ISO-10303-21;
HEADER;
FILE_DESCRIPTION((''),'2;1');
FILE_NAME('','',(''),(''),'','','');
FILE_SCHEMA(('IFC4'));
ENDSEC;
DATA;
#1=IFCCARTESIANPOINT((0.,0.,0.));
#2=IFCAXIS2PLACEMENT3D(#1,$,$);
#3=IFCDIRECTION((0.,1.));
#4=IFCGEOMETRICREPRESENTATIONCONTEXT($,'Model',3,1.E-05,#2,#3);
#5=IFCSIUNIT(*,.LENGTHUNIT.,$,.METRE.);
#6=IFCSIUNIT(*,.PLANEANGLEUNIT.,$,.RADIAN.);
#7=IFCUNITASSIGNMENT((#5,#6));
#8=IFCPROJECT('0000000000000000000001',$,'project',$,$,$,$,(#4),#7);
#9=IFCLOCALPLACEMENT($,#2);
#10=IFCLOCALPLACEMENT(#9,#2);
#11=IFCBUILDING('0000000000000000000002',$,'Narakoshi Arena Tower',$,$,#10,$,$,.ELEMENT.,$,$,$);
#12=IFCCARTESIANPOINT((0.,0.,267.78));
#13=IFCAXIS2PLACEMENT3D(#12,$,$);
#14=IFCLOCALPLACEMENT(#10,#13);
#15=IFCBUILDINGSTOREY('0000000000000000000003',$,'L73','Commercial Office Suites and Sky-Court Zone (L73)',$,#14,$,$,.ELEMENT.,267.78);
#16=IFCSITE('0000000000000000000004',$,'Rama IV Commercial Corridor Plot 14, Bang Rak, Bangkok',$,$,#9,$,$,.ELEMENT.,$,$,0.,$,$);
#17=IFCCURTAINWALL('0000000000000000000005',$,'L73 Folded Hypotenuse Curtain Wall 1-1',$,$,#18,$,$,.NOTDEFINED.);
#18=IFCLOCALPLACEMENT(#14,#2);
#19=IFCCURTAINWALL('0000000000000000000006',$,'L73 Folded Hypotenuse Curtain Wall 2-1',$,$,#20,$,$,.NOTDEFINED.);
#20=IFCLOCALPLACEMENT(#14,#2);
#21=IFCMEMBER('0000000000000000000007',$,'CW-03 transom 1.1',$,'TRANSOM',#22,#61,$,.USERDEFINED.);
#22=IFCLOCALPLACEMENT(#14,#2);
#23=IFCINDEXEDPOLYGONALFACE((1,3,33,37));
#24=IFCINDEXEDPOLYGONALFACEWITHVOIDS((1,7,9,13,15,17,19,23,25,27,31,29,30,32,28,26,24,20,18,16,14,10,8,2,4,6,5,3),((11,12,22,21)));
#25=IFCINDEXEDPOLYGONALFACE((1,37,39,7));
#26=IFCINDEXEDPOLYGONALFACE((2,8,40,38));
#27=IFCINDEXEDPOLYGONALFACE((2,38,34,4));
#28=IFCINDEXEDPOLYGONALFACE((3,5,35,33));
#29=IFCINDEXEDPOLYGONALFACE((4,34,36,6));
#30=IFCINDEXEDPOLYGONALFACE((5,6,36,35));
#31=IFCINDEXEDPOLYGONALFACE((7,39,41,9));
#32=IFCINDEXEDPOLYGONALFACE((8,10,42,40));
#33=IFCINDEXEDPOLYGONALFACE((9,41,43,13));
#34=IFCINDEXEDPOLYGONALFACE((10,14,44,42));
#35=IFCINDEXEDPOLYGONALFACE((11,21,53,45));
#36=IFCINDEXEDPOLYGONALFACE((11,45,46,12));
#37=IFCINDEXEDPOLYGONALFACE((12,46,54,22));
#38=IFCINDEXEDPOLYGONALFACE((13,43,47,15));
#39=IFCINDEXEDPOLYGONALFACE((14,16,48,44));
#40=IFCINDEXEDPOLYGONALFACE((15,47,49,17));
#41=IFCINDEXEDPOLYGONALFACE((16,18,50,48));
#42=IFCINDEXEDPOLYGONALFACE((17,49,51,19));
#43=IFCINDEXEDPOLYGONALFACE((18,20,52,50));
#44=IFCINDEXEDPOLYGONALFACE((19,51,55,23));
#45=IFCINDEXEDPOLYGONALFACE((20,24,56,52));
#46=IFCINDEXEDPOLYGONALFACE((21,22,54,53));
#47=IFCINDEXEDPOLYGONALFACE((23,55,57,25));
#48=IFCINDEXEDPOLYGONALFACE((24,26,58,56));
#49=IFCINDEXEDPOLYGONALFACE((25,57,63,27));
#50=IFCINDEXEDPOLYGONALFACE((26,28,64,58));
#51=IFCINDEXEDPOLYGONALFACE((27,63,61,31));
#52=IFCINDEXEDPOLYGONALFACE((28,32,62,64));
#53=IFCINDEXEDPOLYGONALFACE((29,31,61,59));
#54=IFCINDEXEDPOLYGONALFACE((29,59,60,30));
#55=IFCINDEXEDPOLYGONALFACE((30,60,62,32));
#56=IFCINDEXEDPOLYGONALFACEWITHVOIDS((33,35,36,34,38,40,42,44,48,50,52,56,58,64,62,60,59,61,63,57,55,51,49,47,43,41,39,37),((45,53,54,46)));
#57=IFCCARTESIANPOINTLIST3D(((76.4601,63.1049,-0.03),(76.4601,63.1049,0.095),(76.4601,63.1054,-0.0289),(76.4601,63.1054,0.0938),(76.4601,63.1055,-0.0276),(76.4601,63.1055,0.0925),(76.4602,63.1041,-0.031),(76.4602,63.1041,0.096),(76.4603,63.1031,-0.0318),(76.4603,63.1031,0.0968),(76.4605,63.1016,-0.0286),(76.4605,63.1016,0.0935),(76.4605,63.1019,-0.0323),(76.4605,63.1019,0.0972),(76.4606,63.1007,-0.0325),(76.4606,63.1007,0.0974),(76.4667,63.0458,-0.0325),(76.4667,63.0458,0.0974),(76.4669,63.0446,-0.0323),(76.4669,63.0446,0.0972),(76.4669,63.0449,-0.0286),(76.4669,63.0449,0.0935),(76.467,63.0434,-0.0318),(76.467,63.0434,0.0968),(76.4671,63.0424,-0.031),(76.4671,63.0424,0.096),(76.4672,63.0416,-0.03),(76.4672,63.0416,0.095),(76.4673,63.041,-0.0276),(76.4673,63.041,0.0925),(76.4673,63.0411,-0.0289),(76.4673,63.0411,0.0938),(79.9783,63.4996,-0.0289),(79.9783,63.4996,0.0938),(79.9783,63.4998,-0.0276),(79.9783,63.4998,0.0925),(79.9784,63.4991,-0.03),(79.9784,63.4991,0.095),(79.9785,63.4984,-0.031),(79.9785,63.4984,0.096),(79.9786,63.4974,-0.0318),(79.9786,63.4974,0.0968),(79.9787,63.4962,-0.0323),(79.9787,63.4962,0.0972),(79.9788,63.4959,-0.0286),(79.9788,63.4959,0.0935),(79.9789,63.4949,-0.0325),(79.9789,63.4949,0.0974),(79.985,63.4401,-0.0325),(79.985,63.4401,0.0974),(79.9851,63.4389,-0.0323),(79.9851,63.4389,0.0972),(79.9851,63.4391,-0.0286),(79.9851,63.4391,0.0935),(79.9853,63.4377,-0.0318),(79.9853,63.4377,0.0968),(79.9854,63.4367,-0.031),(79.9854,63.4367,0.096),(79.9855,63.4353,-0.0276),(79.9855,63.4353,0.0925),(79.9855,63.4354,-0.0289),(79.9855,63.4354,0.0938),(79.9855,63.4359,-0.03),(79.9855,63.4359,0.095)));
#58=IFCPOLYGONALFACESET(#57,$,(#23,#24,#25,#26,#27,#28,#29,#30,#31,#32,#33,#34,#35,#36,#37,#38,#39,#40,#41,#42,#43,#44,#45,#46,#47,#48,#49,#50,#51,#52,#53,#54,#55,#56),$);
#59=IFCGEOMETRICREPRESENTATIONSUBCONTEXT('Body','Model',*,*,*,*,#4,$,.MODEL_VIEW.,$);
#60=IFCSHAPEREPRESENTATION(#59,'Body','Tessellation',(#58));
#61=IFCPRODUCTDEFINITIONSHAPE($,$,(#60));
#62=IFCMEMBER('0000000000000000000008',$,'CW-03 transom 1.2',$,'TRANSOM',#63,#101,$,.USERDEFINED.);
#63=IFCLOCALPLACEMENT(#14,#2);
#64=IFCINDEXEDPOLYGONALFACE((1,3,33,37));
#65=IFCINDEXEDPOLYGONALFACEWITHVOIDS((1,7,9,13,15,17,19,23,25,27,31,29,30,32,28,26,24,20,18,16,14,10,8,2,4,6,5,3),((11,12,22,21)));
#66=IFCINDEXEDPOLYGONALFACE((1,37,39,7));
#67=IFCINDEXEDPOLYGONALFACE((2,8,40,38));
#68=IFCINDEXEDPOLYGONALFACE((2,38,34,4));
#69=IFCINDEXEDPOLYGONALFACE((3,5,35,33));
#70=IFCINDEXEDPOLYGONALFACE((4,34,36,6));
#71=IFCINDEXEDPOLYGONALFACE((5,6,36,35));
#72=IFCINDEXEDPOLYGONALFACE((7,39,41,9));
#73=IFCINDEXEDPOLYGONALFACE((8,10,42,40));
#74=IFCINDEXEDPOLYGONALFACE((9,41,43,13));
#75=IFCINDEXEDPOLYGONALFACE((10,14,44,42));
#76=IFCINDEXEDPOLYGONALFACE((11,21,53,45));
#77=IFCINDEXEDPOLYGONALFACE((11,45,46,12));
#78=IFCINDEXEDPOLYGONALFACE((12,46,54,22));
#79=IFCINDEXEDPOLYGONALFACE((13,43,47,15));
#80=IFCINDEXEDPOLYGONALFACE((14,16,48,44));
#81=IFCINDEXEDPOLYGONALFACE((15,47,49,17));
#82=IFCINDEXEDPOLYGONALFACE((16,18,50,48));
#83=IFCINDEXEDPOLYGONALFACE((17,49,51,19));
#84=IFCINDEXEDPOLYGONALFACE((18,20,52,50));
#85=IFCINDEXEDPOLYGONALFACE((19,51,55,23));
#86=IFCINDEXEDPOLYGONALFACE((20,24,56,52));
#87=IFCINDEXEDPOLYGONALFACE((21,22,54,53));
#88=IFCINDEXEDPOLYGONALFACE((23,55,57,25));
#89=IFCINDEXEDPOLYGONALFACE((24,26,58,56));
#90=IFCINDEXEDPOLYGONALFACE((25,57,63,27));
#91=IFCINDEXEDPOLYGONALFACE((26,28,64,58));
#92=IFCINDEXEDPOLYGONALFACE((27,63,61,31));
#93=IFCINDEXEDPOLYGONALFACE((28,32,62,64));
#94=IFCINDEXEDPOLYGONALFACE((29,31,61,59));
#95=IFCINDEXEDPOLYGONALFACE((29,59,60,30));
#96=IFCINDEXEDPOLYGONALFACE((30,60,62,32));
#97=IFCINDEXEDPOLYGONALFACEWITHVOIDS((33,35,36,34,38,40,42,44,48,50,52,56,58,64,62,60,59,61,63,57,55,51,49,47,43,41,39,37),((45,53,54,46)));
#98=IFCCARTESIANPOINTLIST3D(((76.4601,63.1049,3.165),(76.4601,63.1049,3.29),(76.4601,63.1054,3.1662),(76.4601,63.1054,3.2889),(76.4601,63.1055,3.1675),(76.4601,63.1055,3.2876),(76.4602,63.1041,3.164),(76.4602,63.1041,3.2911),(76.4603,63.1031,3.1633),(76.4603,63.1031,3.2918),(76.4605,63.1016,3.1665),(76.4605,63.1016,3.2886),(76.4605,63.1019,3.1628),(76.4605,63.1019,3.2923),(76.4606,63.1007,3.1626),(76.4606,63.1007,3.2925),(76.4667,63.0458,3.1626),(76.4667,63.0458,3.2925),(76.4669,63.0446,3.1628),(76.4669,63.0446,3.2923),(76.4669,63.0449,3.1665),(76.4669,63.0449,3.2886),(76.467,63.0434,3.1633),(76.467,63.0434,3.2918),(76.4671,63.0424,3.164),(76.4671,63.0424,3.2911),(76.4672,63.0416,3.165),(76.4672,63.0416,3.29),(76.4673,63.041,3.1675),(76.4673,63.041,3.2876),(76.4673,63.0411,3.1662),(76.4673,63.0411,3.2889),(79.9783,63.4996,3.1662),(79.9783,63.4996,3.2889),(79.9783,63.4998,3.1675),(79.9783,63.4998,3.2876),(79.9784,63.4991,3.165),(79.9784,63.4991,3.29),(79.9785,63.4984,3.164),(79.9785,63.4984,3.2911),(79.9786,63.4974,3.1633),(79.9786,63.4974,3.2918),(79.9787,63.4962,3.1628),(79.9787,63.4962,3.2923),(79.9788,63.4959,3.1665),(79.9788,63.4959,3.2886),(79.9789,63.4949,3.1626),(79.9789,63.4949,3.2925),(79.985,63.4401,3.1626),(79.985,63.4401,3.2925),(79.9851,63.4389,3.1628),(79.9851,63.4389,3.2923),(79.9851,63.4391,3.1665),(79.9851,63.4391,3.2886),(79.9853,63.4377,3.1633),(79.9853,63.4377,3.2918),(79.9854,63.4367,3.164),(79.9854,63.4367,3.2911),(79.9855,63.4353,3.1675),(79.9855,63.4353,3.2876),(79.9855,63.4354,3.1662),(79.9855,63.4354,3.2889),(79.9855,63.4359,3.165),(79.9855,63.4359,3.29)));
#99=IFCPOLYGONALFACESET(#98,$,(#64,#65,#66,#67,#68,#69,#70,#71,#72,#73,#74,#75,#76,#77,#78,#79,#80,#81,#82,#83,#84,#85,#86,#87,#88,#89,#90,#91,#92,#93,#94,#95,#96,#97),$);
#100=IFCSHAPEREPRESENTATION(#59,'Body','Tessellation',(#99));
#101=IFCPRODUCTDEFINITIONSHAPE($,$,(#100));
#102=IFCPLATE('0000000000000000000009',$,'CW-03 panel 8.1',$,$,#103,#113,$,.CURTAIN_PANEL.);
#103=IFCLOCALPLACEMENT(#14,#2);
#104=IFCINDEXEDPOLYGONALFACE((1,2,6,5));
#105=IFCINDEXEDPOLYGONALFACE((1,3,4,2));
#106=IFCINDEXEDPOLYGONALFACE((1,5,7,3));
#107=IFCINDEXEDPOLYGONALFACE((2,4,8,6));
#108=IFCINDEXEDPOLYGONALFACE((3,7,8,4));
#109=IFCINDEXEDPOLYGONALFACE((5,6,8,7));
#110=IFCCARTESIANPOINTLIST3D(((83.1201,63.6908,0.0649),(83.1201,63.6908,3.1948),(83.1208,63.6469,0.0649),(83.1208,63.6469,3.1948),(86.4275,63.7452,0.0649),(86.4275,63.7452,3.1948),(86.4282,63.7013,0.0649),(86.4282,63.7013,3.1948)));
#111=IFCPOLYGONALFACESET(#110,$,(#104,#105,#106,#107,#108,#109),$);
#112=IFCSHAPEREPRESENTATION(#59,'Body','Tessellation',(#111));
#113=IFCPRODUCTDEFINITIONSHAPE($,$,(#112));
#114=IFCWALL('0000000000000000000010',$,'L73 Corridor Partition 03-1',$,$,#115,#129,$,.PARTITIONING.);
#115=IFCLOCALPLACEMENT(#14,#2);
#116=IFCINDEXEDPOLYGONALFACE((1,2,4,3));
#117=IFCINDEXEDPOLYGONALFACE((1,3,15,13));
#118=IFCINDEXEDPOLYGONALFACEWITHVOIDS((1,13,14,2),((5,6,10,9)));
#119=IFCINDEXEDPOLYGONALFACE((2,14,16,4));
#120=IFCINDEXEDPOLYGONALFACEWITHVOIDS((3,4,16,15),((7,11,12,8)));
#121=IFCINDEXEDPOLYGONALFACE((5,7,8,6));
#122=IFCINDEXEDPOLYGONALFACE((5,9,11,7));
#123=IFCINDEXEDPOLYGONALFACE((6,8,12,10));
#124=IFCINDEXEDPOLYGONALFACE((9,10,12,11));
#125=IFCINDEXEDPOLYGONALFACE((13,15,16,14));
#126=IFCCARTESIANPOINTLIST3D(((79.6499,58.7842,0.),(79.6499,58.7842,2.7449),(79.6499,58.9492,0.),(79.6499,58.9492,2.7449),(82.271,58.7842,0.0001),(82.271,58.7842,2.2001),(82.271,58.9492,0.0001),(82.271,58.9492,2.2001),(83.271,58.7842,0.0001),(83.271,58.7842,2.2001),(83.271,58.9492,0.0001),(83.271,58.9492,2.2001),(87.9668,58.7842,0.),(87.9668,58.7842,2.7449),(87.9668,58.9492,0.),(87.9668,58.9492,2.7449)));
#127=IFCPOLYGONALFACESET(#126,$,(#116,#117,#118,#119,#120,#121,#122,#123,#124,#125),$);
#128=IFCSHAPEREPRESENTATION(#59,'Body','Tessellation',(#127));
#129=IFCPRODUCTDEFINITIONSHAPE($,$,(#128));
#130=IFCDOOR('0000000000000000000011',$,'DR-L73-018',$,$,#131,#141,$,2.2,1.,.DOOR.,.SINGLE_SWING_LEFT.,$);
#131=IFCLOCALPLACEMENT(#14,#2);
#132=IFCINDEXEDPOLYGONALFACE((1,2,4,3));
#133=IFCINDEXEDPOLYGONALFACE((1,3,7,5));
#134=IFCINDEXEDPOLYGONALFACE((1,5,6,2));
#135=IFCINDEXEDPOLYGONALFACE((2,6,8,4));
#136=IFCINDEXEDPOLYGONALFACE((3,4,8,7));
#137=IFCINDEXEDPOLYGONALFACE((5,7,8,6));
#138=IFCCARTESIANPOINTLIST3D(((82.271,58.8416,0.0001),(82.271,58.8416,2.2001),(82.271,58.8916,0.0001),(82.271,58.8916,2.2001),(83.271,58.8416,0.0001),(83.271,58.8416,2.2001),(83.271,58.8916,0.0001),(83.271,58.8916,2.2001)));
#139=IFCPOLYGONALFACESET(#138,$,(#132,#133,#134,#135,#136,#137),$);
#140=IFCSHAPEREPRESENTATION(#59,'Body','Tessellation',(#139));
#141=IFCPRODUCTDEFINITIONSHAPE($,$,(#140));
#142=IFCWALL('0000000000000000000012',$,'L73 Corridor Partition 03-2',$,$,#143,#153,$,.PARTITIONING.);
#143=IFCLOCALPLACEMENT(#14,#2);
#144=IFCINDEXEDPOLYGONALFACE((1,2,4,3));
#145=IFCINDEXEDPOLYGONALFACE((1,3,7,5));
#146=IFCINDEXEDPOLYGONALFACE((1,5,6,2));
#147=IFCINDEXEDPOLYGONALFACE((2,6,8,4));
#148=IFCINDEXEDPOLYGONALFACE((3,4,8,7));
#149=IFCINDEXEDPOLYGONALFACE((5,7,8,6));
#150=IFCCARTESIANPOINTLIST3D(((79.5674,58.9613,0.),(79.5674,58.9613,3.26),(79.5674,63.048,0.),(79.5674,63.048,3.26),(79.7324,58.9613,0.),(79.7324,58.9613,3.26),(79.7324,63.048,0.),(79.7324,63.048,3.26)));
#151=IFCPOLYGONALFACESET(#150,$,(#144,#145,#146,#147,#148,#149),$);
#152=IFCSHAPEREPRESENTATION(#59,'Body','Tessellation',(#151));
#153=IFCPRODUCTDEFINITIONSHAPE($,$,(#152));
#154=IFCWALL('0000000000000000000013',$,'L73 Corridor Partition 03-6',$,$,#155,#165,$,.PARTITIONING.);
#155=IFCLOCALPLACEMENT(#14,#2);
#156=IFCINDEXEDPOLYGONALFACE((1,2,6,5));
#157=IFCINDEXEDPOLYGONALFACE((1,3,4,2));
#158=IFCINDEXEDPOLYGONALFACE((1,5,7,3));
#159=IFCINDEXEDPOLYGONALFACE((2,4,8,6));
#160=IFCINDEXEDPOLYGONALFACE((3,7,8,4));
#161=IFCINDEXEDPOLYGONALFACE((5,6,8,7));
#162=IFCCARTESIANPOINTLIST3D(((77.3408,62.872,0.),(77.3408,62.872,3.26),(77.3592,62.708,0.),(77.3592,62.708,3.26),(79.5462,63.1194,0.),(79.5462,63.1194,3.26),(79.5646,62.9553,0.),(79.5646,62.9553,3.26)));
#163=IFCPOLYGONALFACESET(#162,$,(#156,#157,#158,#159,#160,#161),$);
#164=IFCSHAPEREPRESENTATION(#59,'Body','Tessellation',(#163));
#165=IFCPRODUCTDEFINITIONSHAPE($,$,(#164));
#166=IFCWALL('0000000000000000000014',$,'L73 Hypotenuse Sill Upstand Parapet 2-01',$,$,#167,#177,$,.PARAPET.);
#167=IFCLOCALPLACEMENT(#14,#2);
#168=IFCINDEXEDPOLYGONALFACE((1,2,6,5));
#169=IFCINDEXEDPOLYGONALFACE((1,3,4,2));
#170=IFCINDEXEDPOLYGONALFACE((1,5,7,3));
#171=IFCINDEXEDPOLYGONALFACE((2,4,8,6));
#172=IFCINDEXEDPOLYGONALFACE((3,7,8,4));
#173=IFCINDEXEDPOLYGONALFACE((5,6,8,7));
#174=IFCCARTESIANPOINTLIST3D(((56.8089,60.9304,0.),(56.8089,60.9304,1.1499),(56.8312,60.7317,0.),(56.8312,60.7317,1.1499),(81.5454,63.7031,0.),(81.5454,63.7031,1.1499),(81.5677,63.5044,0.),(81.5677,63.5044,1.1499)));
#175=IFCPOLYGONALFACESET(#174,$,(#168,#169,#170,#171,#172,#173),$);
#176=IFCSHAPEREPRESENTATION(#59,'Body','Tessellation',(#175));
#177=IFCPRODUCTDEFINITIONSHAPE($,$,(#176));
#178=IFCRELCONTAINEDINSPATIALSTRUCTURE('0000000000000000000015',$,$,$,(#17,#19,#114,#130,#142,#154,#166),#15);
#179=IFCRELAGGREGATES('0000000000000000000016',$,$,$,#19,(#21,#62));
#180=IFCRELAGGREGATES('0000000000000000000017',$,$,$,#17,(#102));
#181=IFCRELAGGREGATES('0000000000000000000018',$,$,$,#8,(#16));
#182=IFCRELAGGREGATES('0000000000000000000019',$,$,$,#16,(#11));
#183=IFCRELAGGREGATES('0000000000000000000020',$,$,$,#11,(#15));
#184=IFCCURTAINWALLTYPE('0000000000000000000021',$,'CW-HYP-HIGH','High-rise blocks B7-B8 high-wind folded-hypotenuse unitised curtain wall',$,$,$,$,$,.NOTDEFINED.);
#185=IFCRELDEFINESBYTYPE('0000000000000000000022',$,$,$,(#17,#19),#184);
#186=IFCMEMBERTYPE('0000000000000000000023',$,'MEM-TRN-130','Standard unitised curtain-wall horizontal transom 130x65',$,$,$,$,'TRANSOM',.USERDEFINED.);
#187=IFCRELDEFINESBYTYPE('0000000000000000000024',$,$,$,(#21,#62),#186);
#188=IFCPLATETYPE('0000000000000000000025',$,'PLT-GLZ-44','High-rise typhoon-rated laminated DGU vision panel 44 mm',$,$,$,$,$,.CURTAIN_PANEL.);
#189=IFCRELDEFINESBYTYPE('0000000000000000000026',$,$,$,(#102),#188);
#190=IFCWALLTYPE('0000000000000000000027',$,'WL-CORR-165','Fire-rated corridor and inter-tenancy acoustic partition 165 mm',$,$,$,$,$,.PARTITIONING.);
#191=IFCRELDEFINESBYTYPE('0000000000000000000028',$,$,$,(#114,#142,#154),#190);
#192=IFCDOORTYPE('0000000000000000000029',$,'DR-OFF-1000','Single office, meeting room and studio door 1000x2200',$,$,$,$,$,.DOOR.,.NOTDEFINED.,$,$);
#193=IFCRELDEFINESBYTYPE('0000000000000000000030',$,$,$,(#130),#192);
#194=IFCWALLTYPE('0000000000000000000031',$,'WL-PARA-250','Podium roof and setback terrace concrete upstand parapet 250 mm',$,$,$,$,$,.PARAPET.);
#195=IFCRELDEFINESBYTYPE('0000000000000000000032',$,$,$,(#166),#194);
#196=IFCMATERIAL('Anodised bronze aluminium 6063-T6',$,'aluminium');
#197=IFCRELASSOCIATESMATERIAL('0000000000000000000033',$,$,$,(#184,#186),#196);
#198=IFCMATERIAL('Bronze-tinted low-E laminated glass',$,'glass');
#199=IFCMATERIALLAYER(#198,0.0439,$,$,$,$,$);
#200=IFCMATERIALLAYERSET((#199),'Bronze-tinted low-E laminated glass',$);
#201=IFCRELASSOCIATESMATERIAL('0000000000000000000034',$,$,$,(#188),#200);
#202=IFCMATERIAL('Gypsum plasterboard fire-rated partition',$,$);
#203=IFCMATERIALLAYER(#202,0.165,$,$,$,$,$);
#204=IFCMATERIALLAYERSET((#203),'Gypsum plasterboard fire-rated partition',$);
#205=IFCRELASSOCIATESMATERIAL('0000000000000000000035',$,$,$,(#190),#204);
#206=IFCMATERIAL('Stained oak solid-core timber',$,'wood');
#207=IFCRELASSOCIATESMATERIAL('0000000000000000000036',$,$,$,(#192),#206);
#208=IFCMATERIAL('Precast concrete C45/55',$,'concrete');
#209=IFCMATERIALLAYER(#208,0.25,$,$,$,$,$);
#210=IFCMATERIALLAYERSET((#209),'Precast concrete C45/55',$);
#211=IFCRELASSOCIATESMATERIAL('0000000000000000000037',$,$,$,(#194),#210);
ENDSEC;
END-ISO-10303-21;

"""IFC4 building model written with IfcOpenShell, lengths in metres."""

from ifc_helpers import new_model, si_unit, direction, frame, frame_2d, origin, origin_2d, place, context, subcontext, project, spatial, rectangle, hollow_rectangle, extrude, material, layer, layer_set, material_profile, profile_set, type_object, element, fill, aggregate, save


model = new_model("IFC4")

# Units and contexts
model_context = context("Model", 3, precision=1e-05, world=origin(), true_north=direction((0.0, 1.0)))
body_context = subcontext(model_context, "Body", "Model", "MODEL_VIEW")
ifc_project = project(units=[si_unit("LENGTHUNIT", "METRE"), si_unit("PLANEANGLEUNIT", "RADIAN")], contexts=[model_context])

# Site, building, storey
site_placement = place(None, origin())
site = spatial("IfcSite", under=ifc_project, at=site_placement, Name="Rama IV Commercial Corridor Plot 14, Bang Rak, Bangkok", CompositionType="ELEMENT", RefElevation=0.0)
building_placement = place(site_placement, origin())
building = spatial("IfcBuilding", under=site, at=building_placement, Name="Narakoshi Arena Tower", CompositionType="ELEMENT")
storey_placement = place(building_placement, frame((0.0, 0.0, 267.78)))
storey = spatial("IfcBuildingStorey", under=building, at=storey_placement, Name="L73", Description="Commercial Office Suites and Sky-Court Zone (L73)", CompositionType="ELEMENT", Elevation=267.78)

# Curtain wall
ifc_material_1 = material(Name="Anodised bronze aluminium 6063-T6", Category="aluminium")
curtain_wall_type = type_object("IfcCurtainWallType", Name="CW-HYP-HIGH", Description="High-rise blocks B7-B8 high-wind folded-hypotenuse unitised curtain wall", PredefinedType="NOTDEFINED", material=ifc_material_1)
curtain_wall_1_placement = place(storey_placement, origin())
curtain_wall_1 = element("IfcCurtainWall", 1, at=curtain_wall_1_placement, inside=storey, type_object=curtain_wall_type, Name="L73 Folded Hypotenuse Curtain Wall 1-1", PredefinedType="NOTDEFINED")

# Curtain wall
curtain_wall_2_placement = place(storey_placement, origin())
curtain_wall_2 = element("IfcCurtainWall", 2, at=curtain_wall_2_placement, inside=storey, type_object=curtain_wall_type, Name="L73 Folded Hypotenuse Curtain Wall 2-1", PredefinedType="NOTDEFINED")

# Members
ifc_material_profile_1 = material_profile(ifc_material_1, hollow_rectangle(XDim=0.0649, YDim=0.1299, WallThickness=0.0039, OuterFilletRadius=0.0049, at=origin_2d()), Name="TRN130x65x4")
ifc_profile_set_1 = profile_set([ifc_material_profile_1], Name="Anodised bronze aluminium 6063-T6")
member_type_1 = type_object("IfcMemberType", Name="MEM-TRN-130", Description="Standard unitised curtain-wall horizontal transom 130x65", ElementType="TRANSOM", PredefinedType="USERDEFINED", material=ifc_profile_set_1)
member_1_placement = place(storey_placement, frame((79.9819, 63.4675, 0.0325), z_axis=(-0.993779, -0.11137, 0.0), x_axis=(0.11137, -0.993779, 0.0)))
member_1 = element("IfcMember", 3, at=member_1_placement, type_object=member_type_1, Name="CW-03 transom 1.1", ObjectType="TRANSOM", PredefinedType="USERDEFINED", context=body_context, shape_type="SweptSolid", body=[
    extrude(hollow_rectangle(XDim=0.0649, YDim=0.1299, WallThickness=0.0039, OuterFilletRadius=0.0049, at=origin_2d()), origin(), (0.0, 0.0, 1.0), 3.5403),
])
member_2_placement = place(storey_placement, frame((79.9819, 63.4675, 3.2275), z_axis=(-0.993779, -0.11137, 0.0), x_axis=(0.11137, -0.993779, 0.0)))
member_2 = element("IfcMember", 4, at=member_2_placement, type_object=member_type_1, Name="CW-03 transom 1.2", ObjectType="TRANSOM", PredefinedType="USERDEFINED", context=body_context, shape_type="SweptSolid", body=[
    extrude(hollow_rectangle(XDim=0.0649, YDim=0.1299, WallThickness=0.0039, OuterFilletRadius=0.0049, at=origin_2d()), origin(), (0.0, 0.0, 1.0), 3.5403),
])
aggregate(curtain_wall_2, [member_1, member_2])

# Plate
ifc_material_2 = material(Name="Bronze-tinted low-E laminated glass", Category="glass")
ifc_layer_1 = layer(ifc_material_2, 0.0439)
ifc_layer_set_1 = layer_set([ifc_layer_1], Name="Bronze-tinted low-E laminated glass")
plate_type = type_object("IfcPlateType", Name="PLT-GLZ-44", Description="High-rise typhoon-rated laminated DGU vision panel 44 mm", PredefinedType="CURTAIN_PANEL", material=ifc_layer_set_1)
plate_placement = place(storey_placement, frame((84.7742, 63.696, 0.0649), z_axis=(0.0, 0.0, 1.0), x_axis=(-0.999865, -0.016443, 0.0)))
plate = element("IfcPlate", 5, at=plate_placement, type_object=plate_type, Name="CW-03 panel 8.1", PredefinedType="CURTAIN_PANEL", context=body_context, shape_type="SweptSolid", body=[
    extrude(rectangle(XDim=3.3079, YDim=0.0439, at=origin_2d()), origin(), (0.0, 0.0, 1.0), 3.1299),
])
aggregate(curtain_wall_1, [plate])

# Wall, opening, door
ifc_material_3 = material(Name="Gypsum plasterboard fire-rated partition")
ifc_layer_2 = layer(ifc_material_3, 0.165)
ifc_layer_set_2 = layer_set([ifc_layer_2], Name="Gypsum plasterboard fire-rated partition")
wall_type_1 = type_object("IfcWallType", Name="WL-CORR-165", Description="Fire-rated corridor and inter-tenancy acoustic partition 165 mm", PredefinedType="PARTITIONING", material=ifc_layer_set_2)
wall_1_placement = place(storey_placement, frame((87.9668, 58.8667, 0.0), z_axis=(0.0, 0.0, 1.0), x_axis=(-1.0, 0.0, 0.0)))
wall_1 = element("IfcWall", 6, at=wall_1_placement, inside=storey, type_object=wall_type_1, Name="L73 Corridor Partition 03-1", PredefinedType="PARTITIONING", context=body_context, shape_type="SweptSolid", body=[
    extrude(rectangle(XDim=8.3169, YDim=0.165, at=frame_2d((4.1584, 0.0))), origin(), (0.0, 0.0, 1.0), 2.7449),
])
opening_placement = place(wall_1_placement, frame((4.6958, 0.0, 0.0)))
opening = element("IfcOpeningElement", 7, at=opening_placement, cuts=wall_1, PredefinedType="OPENING", context=body_context, shape_type="SweptSolid", body=[
    extrude(rectangle(XDim=1.0, YDim=2.2, at=frame_2d((0.5, 1.1001))), frame((0.0, 0.0925, 0.0), z_axis=(0.0, -1.0, 0.0), x_axis=(1.0, 0.0, 0.0)), (0.0, 0.0, 1.0), 0.1851),
])
ifc_material_4 = material(Name="Stained oak solid-core timber", Category="wood")
door_type = type_object("IfcDoorType", Name="DR-OFF-1000", Description="Single office, meeting room and studio door 1000x2200", OperationType="NOTDEFINED", PredefinedType="DOOR", material=ifc_material_4)
door_placement = place(opening_placement, frame((1.0, 0.0, 0.0), z_axis=(0.0, 0.0, 1.0), x_axis=(-1.0, 0.0, 0.0)))
door = element("IfcDoor", 8, at=door_placement, inside=storey, type_object=door_type, Name="DR-L73-018", OperationType="SINGLE_SWING_LEFT", OverallHeight=2.2, OverallWidth=1.0, PredefinedType="DOOR", context=body_context, shape_type="SweptSolid", body=[
    extrude(rectangle(XDim=1.0, YDim=2.2, at=frame_2d((0.5, 1.1001))), frame((0.0, 0.0249, 0.0), z_axis=(0.0, -1.0, 0.0), x_axis=(1.0, 0.0, 0.0)), (0.0, 0.0, 1.0), 0.05),
])
fill(opening, door)

# Walls
wall_2_placement = place(storey_placement, frame((79.6499, 58.9612, 0.0), z_axis=(0.0, 0.0, 1.0), x_axis=(0.0, 1.0, 0.0)))
element("IfcWall", 9, at=wall_2_placement, inside=storey, type_object=wall_type_1, Name="L73 Corridor Partition 03-2", PredefinedType="PARTITIONING", context=body_context, shape_type="SweptSolid", body=[
    extrude(rectangle(XDim=4.0867, YDim=0.165, at=frame_2d((2.0435, 0.0))), origin(), (0.0, 0.0, 1.0), 3.26),
])
wall_3_placement = place(storey_placement, frame((79.5554, 63.0374, 0.0), z_axis=(0.0, 0.0, 1.0), x_axis=(-0.993771, -0.111446, 0.0)))
element("IfcWall", 10, at=wall_3_placement, inside=storey, type_object=wall_type_1, Name="L73 Corridor Partition 03-6", PredefinedType="PARTITIONING", context=body_context, shape_type="SweptSolid", body=[
    extrude(rectangle(XDim=2.2192, YDim=0.165, at=frame_2d((1.1096, 0.0))), origin(), (0.0, 0.0, 1.0), 3.26),
])
ifc_material_5 = material(Name="Precast concrete C45/55", Category="concrete")
ifc_layer_3 = layer(ifc_material_5, 0.25)
ifc_layer_set_3 = layer_set([ifc_layer_3], Name="Precast concrete C45/55")
wall_type_2 = type_object("IfcWallType", Name="WL-PARA-250", Description="Podium roof and setback terrace concrete upstand parapet 250 mm", PredefinedType="PARAPET", material=ifc_layer_set_3)
wall_4_placement = place(storey_placement, frame((81.5566, 63.6038, 0.0), z_axis=(0.0, 0.0, 1.0), x_axis=(-0.993776, -0.111393, 0.0)))
element("IfcWall", 11, at=wall_4_placement, inside=storey, type_object=wall_type_2, Name="L73 Hypotenuse Sill Upstand Parapet 2-01", PredefinedType="PARAPET", context=body_context, shape_type="SweptSolid", body=[
    extrude(rectangle(XDim=24.8914, YDim=0.2, at=frame_2d((12.4458, 0.0))), origin(), (0.0, 0.0, 1.0), 1.1499),
])

save(model, "model.ifc")
